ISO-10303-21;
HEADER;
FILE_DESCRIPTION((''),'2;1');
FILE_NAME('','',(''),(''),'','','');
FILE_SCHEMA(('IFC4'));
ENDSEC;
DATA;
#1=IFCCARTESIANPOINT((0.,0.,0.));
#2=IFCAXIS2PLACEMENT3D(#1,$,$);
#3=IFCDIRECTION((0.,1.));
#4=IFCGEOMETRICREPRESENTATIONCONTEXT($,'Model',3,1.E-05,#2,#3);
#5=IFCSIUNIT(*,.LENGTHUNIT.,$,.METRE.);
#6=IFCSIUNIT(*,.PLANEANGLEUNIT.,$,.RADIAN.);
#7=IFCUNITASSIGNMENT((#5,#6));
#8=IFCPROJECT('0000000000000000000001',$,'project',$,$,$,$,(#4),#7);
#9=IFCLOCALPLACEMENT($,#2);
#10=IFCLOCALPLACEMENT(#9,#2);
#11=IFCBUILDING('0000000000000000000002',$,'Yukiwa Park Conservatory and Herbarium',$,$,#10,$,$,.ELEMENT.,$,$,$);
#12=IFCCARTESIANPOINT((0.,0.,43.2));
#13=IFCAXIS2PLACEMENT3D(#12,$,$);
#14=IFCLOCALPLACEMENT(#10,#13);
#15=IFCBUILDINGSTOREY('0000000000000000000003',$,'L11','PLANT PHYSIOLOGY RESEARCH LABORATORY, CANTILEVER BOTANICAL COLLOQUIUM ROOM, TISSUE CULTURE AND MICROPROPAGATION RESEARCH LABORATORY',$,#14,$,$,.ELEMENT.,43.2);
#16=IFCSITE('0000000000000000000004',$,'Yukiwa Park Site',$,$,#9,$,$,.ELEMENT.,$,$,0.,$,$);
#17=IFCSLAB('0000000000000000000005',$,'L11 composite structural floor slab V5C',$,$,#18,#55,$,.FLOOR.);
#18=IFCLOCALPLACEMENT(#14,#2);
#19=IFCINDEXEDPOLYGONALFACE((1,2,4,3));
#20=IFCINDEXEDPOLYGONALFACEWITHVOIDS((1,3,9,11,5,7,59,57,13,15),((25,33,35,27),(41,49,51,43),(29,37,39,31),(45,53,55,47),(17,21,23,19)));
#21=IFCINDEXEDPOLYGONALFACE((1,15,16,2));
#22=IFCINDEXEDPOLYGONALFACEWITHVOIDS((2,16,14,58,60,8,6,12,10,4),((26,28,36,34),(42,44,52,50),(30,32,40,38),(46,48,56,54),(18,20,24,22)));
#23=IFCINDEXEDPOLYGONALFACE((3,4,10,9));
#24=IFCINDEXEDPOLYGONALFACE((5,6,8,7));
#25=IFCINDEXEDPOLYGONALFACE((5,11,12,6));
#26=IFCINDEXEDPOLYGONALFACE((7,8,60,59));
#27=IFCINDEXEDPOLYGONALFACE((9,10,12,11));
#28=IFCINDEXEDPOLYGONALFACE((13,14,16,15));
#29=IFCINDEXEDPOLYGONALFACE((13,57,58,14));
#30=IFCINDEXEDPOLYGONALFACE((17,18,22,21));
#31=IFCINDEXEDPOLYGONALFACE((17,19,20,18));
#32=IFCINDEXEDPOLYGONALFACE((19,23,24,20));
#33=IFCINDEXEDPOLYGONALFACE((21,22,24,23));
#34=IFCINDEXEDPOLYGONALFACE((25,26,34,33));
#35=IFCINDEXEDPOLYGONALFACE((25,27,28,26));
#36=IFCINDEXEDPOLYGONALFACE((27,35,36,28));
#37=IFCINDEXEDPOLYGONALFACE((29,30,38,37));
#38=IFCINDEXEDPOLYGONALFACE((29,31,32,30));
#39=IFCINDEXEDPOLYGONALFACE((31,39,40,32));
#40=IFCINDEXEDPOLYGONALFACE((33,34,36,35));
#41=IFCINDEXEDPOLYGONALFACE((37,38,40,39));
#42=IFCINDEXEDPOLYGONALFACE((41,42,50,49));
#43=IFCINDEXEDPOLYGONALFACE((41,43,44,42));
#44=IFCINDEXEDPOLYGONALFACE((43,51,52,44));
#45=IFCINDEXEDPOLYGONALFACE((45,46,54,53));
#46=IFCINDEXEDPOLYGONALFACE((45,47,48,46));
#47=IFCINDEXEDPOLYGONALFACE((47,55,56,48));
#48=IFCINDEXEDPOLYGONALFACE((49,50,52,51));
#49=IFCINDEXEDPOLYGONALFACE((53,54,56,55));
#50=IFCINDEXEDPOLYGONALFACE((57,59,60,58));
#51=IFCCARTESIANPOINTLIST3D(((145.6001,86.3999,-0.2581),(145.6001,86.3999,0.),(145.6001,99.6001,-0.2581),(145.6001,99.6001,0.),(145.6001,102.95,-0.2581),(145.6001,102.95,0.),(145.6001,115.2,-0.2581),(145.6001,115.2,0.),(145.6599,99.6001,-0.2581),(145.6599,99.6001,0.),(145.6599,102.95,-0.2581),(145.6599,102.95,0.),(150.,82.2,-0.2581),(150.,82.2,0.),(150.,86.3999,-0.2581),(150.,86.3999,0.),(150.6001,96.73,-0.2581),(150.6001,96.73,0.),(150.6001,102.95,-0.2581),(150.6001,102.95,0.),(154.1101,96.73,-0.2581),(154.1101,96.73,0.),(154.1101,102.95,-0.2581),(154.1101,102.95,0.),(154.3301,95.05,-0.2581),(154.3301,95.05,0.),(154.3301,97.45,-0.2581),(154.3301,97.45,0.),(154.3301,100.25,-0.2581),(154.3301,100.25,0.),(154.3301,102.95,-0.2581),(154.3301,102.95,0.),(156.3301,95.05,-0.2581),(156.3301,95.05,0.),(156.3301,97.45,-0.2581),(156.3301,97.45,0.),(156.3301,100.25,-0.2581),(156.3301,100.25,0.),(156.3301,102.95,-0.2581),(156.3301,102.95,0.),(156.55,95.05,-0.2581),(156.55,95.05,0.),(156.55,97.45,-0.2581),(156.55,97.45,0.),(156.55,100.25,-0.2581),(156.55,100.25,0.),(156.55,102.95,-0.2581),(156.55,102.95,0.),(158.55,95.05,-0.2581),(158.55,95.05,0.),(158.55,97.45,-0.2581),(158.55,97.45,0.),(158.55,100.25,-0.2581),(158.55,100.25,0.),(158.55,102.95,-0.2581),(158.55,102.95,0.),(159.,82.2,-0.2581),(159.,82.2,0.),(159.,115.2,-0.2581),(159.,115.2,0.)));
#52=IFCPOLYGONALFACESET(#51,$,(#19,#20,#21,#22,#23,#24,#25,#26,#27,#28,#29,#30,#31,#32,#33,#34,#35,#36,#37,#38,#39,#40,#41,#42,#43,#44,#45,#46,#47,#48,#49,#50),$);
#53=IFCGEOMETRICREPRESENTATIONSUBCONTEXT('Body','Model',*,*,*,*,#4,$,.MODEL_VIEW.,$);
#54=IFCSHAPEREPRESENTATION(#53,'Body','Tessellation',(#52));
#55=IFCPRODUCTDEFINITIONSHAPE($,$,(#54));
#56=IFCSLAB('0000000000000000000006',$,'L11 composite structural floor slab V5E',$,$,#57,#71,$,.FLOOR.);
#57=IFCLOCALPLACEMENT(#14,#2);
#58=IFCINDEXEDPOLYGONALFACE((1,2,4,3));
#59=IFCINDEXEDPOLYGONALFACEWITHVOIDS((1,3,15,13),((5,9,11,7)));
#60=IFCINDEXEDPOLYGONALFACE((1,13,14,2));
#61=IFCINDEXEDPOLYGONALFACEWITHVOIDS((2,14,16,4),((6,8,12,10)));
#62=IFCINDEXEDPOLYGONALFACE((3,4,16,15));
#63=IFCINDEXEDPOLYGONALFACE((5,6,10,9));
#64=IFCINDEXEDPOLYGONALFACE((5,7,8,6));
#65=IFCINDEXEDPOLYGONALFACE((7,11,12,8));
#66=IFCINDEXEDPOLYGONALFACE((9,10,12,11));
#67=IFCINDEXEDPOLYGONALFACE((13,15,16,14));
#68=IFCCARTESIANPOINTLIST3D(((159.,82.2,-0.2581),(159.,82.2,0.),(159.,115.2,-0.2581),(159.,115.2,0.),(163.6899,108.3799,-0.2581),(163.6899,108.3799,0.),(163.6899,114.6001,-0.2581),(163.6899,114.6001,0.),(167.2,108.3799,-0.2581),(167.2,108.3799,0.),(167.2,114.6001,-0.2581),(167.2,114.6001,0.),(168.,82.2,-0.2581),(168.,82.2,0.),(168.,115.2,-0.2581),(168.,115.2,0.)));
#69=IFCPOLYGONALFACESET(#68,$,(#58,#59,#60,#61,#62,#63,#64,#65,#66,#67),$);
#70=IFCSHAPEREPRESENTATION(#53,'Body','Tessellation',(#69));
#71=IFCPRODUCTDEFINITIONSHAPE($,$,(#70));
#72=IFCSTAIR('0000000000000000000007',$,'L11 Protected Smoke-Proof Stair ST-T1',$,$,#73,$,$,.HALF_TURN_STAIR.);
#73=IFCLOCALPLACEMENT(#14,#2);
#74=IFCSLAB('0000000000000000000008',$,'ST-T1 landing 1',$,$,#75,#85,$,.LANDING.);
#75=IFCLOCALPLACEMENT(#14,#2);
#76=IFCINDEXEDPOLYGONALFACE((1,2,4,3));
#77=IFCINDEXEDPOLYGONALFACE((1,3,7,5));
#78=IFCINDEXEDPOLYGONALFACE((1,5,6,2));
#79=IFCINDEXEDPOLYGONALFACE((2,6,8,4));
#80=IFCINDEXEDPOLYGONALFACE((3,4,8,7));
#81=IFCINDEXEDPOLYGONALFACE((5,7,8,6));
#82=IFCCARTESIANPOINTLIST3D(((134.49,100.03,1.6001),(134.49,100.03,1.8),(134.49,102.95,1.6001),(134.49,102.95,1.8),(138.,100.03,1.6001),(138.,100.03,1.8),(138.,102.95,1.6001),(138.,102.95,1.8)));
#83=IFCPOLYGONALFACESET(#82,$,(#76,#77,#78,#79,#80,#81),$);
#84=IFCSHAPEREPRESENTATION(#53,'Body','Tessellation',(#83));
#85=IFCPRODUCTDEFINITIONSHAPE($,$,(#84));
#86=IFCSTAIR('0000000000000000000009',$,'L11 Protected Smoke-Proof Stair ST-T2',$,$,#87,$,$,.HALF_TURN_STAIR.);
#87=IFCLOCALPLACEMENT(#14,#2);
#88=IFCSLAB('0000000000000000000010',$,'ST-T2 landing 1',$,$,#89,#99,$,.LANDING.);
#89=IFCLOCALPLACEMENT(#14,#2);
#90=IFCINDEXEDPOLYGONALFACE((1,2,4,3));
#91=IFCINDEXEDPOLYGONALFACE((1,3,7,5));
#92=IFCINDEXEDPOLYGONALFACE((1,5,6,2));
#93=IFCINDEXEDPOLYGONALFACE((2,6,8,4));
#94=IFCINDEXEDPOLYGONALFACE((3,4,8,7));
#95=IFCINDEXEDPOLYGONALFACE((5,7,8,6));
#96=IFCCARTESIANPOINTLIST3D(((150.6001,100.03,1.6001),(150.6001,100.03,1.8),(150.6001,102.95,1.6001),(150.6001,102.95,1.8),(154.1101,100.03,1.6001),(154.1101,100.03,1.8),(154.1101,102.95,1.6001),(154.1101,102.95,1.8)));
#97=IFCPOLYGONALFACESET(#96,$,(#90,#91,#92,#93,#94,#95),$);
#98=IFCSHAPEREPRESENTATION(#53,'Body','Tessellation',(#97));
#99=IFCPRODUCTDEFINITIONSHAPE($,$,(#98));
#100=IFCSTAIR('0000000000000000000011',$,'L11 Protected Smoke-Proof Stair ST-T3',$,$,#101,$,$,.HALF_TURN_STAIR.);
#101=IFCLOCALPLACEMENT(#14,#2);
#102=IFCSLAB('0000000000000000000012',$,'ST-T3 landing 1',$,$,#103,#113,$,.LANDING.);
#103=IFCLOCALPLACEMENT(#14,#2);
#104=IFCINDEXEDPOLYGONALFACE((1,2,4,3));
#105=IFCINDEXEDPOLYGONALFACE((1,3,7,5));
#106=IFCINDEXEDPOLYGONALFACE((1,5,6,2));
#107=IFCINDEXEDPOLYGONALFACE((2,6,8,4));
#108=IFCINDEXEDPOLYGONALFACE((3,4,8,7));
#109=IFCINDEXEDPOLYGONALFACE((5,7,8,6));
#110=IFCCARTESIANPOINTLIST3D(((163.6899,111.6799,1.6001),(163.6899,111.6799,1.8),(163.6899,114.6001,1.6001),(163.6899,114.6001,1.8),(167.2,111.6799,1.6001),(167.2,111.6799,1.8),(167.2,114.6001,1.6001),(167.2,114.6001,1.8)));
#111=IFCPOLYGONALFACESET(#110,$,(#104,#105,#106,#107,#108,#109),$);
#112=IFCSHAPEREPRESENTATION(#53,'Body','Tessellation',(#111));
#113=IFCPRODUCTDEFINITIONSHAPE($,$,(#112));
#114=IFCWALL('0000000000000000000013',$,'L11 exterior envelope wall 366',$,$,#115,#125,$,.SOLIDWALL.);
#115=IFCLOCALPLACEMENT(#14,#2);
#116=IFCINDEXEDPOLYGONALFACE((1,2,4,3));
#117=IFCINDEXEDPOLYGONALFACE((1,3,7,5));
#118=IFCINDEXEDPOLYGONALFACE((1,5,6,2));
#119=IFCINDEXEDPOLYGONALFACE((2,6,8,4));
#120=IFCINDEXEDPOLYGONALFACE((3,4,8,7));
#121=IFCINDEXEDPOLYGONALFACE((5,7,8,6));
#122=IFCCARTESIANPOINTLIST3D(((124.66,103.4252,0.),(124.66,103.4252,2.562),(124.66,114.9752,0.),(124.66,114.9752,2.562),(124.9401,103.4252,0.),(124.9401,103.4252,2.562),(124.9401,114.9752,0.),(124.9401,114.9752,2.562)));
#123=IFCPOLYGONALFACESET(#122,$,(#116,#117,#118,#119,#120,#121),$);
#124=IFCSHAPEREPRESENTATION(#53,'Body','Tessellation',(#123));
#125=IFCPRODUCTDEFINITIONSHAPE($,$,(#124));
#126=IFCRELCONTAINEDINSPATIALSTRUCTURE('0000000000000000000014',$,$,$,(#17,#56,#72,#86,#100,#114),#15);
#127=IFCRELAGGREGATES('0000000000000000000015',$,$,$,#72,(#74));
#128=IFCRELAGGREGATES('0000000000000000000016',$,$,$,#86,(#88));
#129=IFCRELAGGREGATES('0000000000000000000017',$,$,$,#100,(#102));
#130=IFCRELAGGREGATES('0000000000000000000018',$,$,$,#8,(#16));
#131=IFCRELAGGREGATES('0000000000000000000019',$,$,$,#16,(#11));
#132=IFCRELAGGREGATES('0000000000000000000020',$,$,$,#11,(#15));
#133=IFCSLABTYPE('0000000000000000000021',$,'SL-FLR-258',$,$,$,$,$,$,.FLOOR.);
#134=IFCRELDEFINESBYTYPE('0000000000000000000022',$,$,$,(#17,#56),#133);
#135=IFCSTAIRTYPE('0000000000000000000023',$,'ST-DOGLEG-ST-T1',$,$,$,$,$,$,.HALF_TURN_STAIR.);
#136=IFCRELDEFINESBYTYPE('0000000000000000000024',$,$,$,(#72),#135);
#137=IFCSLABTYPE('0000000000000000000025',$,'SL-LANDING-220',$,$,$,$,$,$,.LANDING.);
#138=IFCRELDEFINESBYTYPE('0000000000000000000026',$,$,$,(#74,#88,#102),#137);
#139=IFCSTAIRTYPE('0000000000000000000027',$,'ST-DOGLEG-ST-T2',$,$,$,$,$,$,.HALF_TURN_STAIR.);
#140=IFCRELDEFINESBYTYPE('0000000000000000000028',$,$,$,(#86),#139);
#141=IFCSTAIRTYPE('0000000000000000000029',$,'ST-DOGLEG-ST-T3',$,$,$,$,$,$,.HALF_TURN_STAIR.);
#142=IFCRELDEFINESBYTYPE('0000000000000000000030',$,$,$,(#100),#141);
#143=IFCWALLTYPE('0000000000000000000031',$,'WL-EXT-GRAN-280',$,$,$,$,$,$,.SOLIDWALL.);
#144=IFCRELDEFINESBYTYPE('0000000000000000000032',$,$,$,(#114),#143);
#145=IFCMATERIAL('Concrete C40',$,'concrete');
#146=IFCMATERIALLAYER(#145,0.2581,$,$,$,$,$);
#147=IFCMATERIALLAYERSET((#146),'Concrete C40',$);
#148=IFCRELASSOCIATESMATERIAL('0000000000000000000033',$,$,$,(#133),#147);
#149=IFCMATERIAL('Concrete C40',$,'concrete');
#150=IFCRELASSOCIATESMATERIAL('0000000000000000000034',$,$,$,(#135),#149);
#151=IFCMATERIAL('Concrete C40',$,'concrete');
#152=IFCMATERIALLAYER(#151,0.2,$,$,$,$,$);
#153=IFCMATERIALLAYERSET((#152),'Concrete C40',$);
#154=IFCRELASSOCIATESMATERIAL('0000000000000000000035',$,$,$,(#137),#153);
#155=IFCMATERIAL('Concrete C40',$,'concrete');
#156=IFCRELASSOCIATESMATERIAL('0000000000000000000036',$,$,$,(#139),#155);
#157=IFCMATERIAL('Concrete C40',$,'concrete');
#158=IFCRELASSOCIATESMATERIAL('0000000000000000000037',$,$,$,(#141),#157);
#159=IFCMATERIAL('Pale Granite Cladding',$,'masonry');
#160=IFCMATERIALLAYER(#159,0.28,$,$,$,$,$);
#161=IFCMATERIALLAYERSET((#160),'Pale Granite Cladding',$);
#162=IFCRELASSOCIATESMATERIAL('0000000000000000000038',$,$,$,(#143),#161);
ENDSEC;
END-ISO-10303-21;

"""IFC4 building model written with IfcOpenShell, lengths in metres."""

from ifc_helpers import new_model, si_unit, direction, frame, frame_2d, origin, place, context, subcontext, project, spatial, polyline, rectangle, outline, extrude, material, layer, layer_set, type_object, element, aggregate, save


model = new_model("IFC4")

# Units and contexts
model_context = context("Model", 3, precision=1e-05, world=origin(), true_north=direction((0.0, 1.0)))
body_context = subcontext(model_context, "Body", "Model", "MODEL_VIEW")
ifc_project = project(units=[si_unit("LENGTHUNIT", "METRE"), si_unit("PLANEANGLEUNIT", "RADIAN")], contexts=[model_context])

# Site, building, storey
site_placement = place(None, origin())
site = spatial("IfcSite", under=ifc_project, at=site_placement, Name="Yukiwa Park Site", CompositionType="ELEMENT", RefElevation=0.0)
building_placement = place(site_placement, origin())
building = spatial("IfcBuilding", under=site, at=building_placement, Name="Yukiwa Park Conservatory and Herbarium", CompositionType="ELEMENT")
storey_placement = place(building_placement, frame((0.0, 0.0, 43.2)))
storey = spatial("IfcBuildingStorey", under=building, at=storey_placement, Name="L11", Description="PLANT PHYSIOLOGY RESEARCH LABORATORY, CANTILEVER BOTANICAL COLLOQUIUM ROOM, TISSUE CULTURE AND MICROPROPAGATION RESEARCH LABORATORY", CompositionType="ELEMENT", Elevation=43.2)

# Slabs
ifc_material_1 = material(Name="Concrete C40", Category="concrete")
ifc_layer_1 = layer(ifc_material_1, 0.2581)
ifc_layer_set_1 = layer_set([ifc_layer_1], Name="Concrete C40")
slab_type_1 = type_object("IfcSlabType", Name="SL-FLR-258", PredefinedType="FLOOR", material=ifc_layer_set_1)
slab_1_placement = place(storey_placement, frame((0.0, 0.0, -0.2581)))
element("IfcSlab", 1, at=slab_1_placement, inside=storey, type_object=slab_type_1, Name="L11 composite structural floor slab V5C", PredefinedType="FLOOR", context=body_context, shape_type="SweptSolid", body=[
    extrude(outline(polyline([(150.0, 86.3999), (145.6001, 86.3999), (145.6001, 99.6001), (145.6599, 99.6001), (145.6599, 102.95), (145.6001, 102.95), (145.6001, 115.2), (159.0, 115.2), (159.0, 82.2), (150.0, 82.2), (150.0, 86.3999)]), holes=[polyline([(154.3301, 97.45), (154.3301, 95.05), (156.3301, 95.05), (156.3301, 97.45), (154.3301, 97.45)]), polyline([(156.55, 97.45), (156.55, 95.05), (158.55, 95.05), (158.55, 97.45), (156.55, 97.45)]), polyline([(154.1101, 102.95), (150.6001, 102.95), (150.6001, 96.73), (154.1101, 96.73), (154.1101, 102.95)]), polyline([(154.3301, 102.95), (154.3301, 100.25), (156.3301, 100.25), (156.3301, 102.95), (154.3301, 102.95)]), polyline([(158.55, 102.95), (156.55, 102.95), (156.55, 100.25), (158.55, 100.25), (158.55, 102.95)])]), origin(), (0.0, 0.0, 1.0), 0.2581),
])
slab_2_placement = place(storey_placement, frame((0.0, 0.0, -0.2581)))
element("IfcSlab", 2, at=slab_2_placement, inside=storey, type_object=slab_type_1, Name="L11 composite structural floor slab V5E", PredefinedType="FLOOR", context=body_context, shape_type="SweptSolid", body=[
    extrude(outline(polyline([(168.0, 82.2), (159.0, 82.2), (159.0, 115.2), (168.0, 115.2), (168.0, 82.2)]), holes=[polyline([(167.2, 114.6001), (163.6899, 114.6001), (163.6899, 108.3799), (167.2, 108.3799), (167.2, 114.6001)])]), origin(), (0.0, 0.0, 1.0), 0.2581),
])

# Stairs, slabs
ifc_material_2 = material(Name="Concrete C40", Category="concrete")
stair_type_1 = type_object("IfcStairType", Name="ST-DOGLEG-ST-T1", PredefinedType="HALF_TURN_STAIR", material=ifc_material_2)
stair_1_placement = place(storey_placement, origin())
stair_1 = element("IfcStair", 3, at=stair_1_placement, inside=storey, type_object=stair_type_1, Name="L11 Protected Smoke-Proof Stair ST-T1", PredefinedType="HALF_TURN_STAIR")
ifc_material_3 = material(Name="Concrete C40", Category="concrete")
ifc_layer_2 = layer(ifc_material_3, 0.2)
ifc_layer_set_2 = layer_set([ifc_layer_2], Name="Concrete C40")
slab_type_2 = type_object("IfcSlabType", Name="SL-LANDING-220", PredefinedType="LANDING", material=ifc_layer_set_2)
slab_3_placement = place(storey_placement, frame((0.0, 0.0, 1.6001)))
slab_3 = element("IfcSlab", 4, at=slab_3_placement, type_object=slab_type_2, Name="ST-T1 landing 1", PredefinedType="LANDING", context=body_context, shape_type="SweptSolid", body=[
    extrude(outline(polyline([(138.0, 100.03), (138.0, 102.95), (134.49, 102.95), (134.49, 100.03), (138.0, 100.03)])), origin(), (0.0, 0.0, 1.0), 0.2),
])
aggregate(stair_1, [slab_3])
ifc_material_4 = material(Name="Concrete C40", Category="concrete")
stair_type_2 = type_object("IfcStairType", Name="ST-DOGLEG-ST-T2", PredefinedType="HALF_TURN_STAIR", material=ifc_material_4)
stair_2_placement = place(storey_placement, origin())
stair_2 = element("IfcStair", 5, at=stair_2_placement, inside=storey, type_object=stair_type_2, Name="L11 Protected Smoke-Proof Stair ST-T2", PredefinedType="HALF_TURN_STAIR")
slab_4_placement = place(storey_placement, frame((0.0, 0.0, 1.6001)))
slab_4 = element("IfcSlab", 6, at=slab_4_placement, type_object=slab_type_2, Name="ST-T2 landing 1", PredefinedType="LANDING", context=body_context, shape_type="SweptSolid", body=[
    extrude(outline(polyline([(154.1101, 100.03), (154.1101, 102.95), (150.6001, 102.95), (150.6001, 100.03), (154.1101, 100.03)])), origin(), (0.0, 0.0, 1.0), 0.2),
])
aggregate(stair_2, [slab_4])
ifc_material_5 = material(Name="Concrete C40", Category="concrete")
stair_type_3 = type_object("IfcStairType", Name="ST-DOGLEG-ST-T3", PredefinedType="HALF_TURN_STAIR", material=ifc_material_5)
stair_3_placement = place(storey_placement, origin())
stair_3 = element("IfcStair", 7, at=stair_3_placement, inside=storey, type_object=stair_type_3, Name="L11 Protected Smoke-Proof Stair ST-T3", PredefinedType="HALF_TURN_STAIR")
slab_5_placement = place(storey_placement, frame((0.0, 0.0, 1.6001)))
slab_5 = element("IfcSlab", 8, at=slab_5_placement, type_object=slab_type_2, Name="ST-T3 landing 1", PredefinedType="LANDING", context=body_context, shape_type="SweptSolid", body=[
    extrude(outline(polyline([(167.2, 111.6799), (167.2, 114.6001), (163.6899, 114.6001), (163.6899, 111.6799), (167.2, 111.6799)])), origin(), (0.0, 0.0, 1.0), 0.2),
])
aggregate(stair_3, [slab_5])

# Wall
ifc_material_6 = material(Name="Pale Granite Cladding", Category="masonry")
ifc_layer_3 = layer(ifc_material_6, 0.28)
ifc_layer_set_3 = layer_set([ifc_layer_3], Name="Pale Granite Cladding")
wall_type = type_object("IfcWallType", Name="WL-EXT-GRAN-280", PredefinedType="SOLIDWALL", material=ifc_layer_set_3)
wall_placement = place(storey_placement, frame((124.8, 114.9751, 0.0), z_axis=(0.0, 0.0, 1.0), x_axis=(0.0, -1.0, 0.0)))
element("IfcWall", 9, at=wall_placement, inside=storey, type_object=wall_type, Name="L11 exterior envelope wall 366", PredefinedType="SOLIDWALL", context=body_context, shape_type="SweptSolid", body=[
    extrude(rectangle(XDim=11.55, YDim=0.28, at=frame_2d((5.7749, 0.0))), origin(), (0.0, 0.0, 1.0), 2.562),
])

save(model, "model.ifc")
